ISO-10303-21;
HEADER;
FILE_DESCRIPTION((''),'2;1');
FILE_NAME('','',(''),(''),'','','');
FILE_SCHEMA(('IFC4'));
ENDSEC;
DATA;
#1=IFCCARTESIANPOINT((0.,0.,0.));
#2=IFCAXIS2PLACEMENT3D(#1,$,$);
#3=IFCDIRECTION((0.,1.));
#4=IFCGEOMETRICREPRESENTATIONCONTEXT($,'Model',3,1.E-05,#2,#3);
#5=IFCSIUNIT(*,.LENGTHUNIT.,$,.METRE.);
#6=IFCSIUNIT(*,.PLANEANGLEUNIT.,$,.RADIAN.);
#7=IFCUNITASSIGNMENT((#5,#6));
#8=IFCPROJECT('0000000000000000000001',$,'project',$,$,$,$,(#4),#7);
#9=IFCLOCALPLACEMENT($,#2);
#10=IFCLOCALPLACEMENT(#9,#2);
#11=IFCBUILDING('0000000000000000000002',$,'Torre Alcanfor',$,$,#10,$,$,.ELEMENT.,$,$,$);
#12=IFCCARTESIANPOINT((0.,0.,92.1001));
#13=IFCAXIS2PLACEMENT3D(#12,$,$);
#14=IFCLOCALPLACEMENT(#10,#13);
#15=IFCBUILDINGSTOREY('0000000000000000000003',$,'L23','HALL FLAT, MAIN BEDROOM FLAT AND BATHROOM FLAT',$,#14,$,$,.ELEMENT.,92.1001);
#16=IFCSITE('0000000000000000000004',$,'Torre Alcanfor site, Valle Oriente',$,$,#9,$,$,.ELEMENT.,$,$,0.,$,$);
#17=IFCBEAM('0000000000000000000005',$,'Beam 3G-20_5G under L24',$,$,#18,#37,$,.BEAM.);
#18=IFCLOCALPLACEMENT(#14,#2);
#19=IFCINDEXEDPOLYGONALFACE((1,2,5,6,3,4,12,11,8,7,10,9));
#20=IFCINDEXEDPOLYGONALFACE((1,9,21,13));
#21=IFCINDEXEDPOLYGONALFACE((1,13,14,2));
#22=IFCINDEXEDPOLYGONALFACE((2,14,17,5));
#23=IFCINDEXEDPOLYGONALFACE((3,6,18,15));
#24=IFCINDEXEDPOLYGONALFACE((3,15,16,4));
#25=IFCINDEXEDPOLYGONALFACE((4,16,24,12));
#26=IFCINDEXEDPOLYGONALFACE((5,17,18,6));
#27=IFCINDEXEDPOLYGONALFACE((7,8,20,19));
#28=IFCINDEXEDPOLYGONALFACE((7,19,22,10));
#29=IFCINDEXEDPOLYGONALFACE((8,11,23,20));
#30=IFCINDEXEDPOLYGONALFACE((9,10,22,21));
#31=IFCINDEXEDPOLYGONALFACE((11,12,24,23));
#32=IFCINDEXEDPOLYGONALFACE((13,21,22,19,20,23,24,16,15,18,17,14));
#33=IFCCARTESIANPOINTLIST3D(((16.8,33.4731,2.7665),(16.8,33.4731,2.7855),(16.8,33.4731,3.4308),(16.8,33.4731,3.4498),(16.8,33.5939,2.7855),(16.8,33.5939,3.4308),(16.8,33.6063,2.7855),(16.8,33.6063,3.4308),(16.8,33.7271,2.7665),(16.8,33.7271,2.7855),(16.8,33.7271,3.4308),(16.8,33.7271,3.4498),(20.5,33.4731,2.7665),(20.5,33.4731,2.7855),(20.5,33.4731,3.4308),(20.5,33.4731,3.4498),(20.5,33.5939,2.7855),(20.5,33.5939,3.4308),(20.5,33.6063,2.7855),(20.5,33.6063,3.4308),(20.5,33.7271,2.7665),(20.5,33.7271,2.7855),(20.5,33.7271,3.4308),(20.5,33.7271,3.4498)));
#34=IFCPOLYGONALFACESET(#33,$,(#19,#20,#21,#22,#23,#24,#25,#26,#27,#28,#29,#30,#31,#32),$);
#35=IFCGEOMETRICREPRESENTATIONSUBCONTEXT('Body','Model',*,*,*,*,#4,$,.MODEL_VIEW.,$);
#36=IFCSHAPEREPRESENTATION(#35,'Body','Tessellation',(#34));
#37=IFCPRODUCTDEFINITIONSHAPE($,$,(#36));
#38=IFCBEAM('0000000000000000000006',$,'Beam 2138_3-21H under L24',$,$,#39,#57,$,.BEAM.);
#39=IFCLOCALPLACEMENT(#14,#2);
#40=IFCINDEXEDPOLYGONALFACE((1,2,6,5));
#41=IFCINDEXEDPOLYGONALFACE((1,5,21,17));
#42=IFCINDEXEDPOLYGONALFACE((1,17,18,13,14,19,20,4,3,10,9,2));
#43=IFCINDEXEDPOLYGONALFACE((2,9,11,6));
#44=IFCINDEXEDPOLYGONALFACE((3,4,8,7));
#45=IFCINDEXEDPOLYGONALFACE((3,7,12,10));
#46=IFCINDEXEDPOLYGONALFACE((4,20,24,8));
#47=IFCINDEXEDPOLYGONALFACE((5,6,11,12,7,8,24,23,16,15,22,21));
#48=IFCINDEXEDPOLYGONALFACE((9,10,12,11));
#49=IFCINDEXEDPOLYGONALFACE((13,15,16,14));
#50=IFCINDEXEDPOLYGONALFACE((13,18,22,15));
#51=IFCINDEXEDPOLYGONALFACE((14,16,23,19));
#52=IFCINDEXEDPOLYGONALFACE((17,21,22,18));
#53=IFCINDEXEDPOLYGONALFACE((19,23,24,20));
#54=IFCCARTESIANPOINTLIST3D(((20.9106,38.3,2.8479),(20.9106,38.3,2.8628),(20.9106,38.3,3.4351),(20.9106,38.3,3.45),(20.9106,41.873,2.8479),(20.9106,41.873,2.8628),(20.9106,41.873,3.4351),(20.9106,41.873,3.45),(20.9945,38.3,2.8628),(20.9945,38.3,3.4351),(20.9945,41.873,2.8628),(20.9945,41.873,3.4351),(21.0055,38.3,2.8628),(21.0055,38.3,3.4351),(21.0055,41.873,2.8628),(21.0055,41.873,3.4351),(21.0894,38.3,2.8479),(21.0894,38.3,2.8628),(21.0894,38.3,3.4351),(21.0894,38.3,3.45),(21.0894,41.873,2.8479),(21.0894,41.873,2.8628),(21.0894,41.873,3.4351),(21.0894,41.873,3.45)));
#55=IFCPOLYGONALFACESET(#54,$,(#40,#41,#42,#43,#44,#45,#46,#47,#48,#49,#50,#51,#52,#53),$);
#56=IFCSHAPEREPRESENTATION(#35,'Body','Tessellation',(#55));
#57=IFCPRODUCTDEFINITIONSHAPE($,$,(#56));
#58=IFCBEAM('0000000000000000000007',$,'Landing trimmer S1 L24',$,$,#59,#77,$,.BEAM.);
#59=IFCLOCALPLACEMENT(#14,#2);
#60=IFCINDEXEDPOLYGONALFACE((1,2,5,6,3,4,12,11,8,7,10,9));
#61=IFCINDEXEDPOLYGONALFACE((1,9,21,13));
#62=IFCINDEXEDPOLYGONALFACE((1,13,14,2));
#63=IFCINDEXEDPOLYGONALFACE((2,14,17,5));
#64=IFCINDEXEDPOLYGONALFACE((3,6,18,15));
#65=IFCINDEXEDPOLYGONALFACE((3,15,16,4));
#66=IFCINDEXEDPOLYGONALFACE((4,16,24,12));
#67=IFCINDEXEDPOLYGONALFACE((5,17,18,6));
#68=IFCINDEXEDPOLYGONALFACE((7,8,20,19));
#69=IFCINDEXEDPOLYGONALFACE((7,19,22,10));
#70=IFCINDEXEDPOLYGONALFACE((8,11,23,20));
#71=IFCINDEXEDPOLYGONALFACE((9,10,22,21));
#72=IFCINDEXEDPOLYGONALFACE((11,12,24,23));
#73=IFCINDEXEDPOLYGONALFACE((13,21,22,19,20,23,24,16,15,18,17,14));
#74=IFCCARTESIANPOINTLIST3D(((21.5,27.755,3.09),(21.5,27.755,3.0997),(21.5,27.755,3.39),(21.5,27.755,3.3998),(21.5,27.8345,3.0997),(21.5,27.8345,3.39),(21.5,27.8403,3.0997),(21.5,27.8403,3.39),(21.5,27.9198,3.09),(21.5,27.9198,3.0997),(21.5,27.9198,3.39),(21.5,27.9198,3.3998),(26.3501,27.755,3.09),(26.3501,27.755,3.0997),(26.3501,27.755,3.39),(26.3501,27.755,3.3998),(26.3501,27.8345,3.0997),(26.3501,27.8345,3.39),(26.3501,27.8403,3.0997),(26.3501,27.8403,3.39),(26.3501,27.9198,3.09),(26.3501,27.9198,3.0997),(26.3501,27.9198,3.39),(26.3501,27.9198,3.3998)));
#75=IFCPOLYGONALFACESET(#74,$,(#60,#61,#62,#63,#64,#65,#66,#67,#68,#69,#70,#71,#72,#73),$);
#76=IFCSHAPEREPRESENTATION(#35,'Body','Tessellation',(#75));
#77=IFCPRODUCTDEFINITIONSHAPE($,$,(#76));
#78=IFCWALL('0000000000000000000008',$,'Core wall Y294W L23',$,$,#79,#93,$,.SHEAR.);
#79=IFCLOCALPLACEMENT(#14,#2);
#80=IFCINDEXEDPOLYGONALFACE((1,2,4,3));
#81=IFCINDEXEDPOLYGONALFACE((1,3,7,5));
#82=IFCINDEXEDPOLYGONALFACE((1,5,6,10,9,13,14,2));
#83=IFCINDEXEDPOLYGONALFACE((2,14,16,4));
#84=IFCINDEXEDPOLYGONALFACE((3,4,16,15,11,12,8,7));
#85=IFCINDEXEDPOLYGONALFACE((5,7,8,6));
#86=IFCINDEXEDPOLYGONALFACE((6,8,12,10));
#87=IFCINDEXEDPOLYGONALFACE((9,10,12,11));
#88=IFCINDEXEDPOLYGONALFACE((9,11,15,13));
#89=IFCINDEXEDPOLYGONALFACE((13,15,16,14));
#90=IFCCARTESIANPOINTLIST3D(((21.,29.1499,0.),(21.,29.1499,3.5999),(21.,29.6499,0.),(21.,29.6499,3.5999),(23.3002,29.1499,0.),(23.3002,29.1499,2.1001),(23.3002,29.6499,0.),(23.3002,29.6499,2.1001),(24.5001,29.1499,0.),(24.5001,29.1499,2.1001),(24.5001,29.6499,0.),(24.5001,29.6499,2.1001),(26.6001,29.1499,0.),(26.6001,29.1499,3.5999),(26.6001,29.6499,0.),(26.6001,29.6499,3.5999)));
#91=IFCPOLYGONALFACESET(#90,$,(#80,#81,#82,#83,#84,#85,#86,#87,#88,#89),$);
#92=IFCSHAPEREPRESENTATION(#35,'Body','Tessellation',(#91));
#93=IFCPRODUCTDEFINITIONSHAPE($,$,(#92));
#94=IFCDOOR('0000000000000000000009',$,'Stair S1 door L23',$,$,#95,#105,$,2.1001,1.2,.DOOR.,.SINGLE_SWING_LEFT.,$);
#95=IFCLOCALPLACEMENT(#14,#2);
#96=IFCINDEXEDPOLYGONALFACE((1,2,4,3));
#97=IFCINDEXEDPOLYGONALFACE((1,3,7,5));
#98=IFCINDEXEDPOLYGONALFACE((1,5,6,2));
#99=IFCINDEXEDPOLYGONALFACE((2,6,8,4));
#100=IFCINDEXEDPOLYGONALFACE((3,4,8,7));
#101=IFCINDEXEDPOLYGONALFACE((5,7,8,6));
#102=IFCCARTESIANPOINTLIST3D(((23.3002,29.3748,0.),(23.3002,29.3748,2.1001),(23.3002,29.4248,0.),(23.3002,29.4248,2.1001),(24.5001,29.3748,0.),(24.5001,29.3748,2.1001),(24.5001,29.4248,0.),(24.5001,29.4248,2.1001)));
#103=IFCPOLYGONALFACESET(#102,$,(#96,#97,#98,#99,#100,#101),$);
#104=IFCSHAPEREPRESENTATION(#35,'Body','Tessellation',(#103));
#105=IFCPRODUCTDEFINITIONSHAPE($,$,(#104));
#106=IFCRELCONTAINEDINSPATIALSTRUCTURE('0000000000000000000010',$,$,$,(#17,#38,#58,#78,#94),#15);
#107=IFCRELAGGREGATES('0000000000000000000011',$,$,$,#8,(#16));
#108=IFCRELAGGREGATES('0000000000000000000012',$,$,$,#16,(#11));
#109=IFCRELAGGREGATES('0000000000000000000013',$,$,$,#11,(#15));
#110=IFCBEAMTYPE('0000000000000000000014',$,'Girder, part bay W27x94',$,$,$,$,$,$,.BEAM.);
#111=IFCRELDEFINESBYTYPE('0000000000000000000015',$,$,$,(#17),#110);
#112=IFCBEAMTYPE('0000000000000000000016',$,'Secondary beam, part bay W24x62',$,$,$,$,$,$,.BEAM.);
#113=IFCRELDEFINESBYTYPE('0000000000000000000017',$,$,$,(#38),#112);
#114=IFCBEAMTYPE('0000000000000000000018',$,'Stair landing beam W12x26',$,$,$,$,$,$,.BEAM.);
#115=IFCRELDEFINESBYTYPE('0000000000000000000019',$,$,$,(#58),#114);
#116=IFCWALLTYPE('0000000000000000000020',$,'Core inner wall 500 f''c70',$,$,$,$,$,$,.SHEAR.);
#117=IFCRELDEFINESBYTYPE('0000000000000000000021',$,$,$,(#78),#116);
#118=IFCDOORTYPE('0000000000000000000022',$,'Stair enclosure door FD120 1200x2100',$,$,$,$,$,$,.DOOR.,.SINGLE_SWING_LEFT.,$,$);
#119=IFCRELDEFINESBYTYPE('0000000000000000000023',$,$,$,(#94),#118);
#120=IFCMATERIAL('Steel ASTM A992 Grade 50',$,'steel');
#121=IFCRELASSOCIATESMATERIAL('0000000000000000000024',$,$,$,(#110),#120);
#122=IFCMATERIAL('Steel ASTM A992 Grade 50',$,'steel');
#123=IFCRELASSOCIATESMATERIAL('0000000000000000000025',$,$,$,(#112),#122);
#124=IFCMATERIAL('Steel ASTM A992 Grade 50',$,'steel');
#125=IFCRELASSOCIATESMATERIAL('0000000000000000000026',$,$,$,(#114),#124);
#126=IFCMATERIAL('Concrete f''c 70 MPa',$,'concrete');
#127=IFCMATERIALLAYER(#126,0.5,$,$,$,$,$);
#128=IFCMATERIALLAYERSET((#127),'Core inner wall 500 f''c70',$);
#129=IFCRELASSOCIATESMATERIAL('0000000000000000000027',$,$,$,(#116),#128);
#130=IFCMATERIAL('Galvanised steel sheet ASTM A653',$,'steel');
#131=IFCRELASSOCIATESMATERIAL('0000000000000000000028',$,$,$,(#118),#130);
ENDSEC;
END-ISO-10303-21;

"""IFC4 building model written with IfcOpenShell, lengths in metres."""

from ifc_helpers import new_model, si_unit, direction, frame, frame_2d, origin, origin_2d, place, context, subcontext, project, spatial, rectangle, i_section, extrude, material, layer, layer_set, material_profile, profile_set, type_object, element, fill, save


model = new_model("IFC4")

# Units and contexts
model_context = context("Model", 3, precision=1e-05, world=origin(), true_north=direction((0.0, 1.0)))
body_context = subcontext(model_context, "Body", "Model", "MODEL_VIEW")
ifc_project = project(units=[si_unit("LENGTHUNIT", "METRE"), si_unit("PLANEANGLEUNIT", "RADIAN")], contexts=[model_context])

# Site, building, storey
site_placement = place(None, origin())
site = spatial("IfcSite", under=ifc_project, at=site_placement, Name="Torre Alcanfor site, Valle Oriente", CompositionType="ELEMENT", RefElevation=0.0)
building_placement = place(site_placement, origin())
building = spatial("IfcBuilding", under=site, at=building_placement, Name="Torre Alcanfor", CompositionType="ELEMENT")
storey_placement = place(building_placement, frame((0.0, 0.0, 92.1001)))
storey = spatial("IfcBuildingStorey", under=building, at=storey_placement, Name="L23", Description="HALL FLAT, MAIN BEDROOM FLAT AND BATHROOM FLAT", CompositionType="ELEMENT", Elevation=92.1001)

# Beams
ifc_material_1 = material(Name="Steel ASTM A992 Grade 50", Category="steel")
ifc_material_profile_1 = material_profile(ifc_material_1, i_section(OverallWidth=0.2539, OverallDepth=0.6833, WebThickness=0.0125, FlangeThickness=0.019, at=origin_2d()), Name="W27x94")
ifc_profile_set_1 = profile_set([ifc_material_profile_1], Name="Steel ASTM A992 Grade 50")
beam_type_1 = type_object("IfcBeamType", Name="Girder, part bay W27x94", PredefinedType="BEAM", material=ifc_profile_set_1)
beam_1_placement = place(storey_placement, frame((16.8, 33.6001, 3.1082), z_axis=(1.0, 0.0, 0.0), x_axis=(0.0, 1.0, 0.0)))
element("IfcBeam", 1, at=beam_1_placement, inside=storey, type_object=beam_type_1, Name="Beam 3G-20_5G under L24", PredefinedType="BEAM", context=body_context, shape_type="SweptSolid", body=[
    extrude(i_section(OverallWidth=0.2539, OverallDepth=0.6833, WebThickness=0.0125, FlangeThickness=0.019, at=origin_2d()), origin(), (0.0, 0.0, 1.0), 3.7),
])
ifc_material_2 = material(Name="Steel ASTM A992 Grade 50", Category="steel")
ifc_material_profile_2 = material_profile(ifc_material_2, i_section(OverallWidth=0.1787, OverallDepth=0.6021, WebThickness=0.011, FlangeThickness=0.0149, at=origin_2d()), Name="W24x62")
ifc_profile_set_2 = profile_set([ifc_material_profile_2], Name="Steel ASTM A992 Grade 50")
beam_type_2 = type_object("IfcBeamType", Name="Secondary beam, part bay W24x62", PredefinedType="BEAM", material=ifc_profile_set_2)
beam_2_placement = place(storey_placement, frame((21.0, 38.3, 3.1489), z_axis=(0.0, 1.0, 0.0), x_axis=(-1.0, 0.0, 0.0)))
element("IfcBeam", 2, at=beam_2_placement, inside=storey, type_object=beam_type_2, Name="Beam 2138_3-21H under L24", PredefinedType="BEAM", context=body_context, shape_type="SweptSolid", body=[
    extrude(i_section(OverallWidth=0.1787, OverallDepth=0.6021, WebThickness=0.011, FlangeThickness=0.0149, at=origin_2d()), origin(), (0.0, 0.0, 1.0), 3.573),
])
ifc_material_3 = material(Name="Steel ASTM A992 Grade 50", Category="steel")
ifc_material_profile_3 = material_profile(ifc_material_3, i_section(OverallWidth=0.1648, OverallDepth=0.3098, WebThickness=0.0059, FlangeThickness=0.0098, at=origin_2d()), Name="W12x26")
ifc_profile_set_3 = profile_set([ifc_material_profile_3], Name="Steel ASTM A992 Grade 50")
beam_type_3 = type_object("IfcBeamType", Name="Stair landing beam W12x26", PredefinedType="BEAM", material=ifc_profile_set_3)
beam_3_placement = place(storey_placement, frame((21.5, 27.8374, 3.2449), z_axis=(1.0, 0.0, 0.0), x_axis=(0.0, 1.0, 0.0)))
element("IfcBeam", 3, at=beam_3_placement, inside=storey, type_object=beam_type_3, Name="Landing trimmer S1 L24", PredefinedType="BEAM", context=body_context, shape_type="SweptSolid", body=[
    extrude(i_section(OverallWidth=0.1648, OverallDepth=0.3098, WebThickness=0.0059, FlangeThickness=0.0098, at=origin_2d()), origin(), (0.0, 0.0, 1.0), 4.8501),
])

# Wall, opening, door
ifc_material_4 = material(Name="Concrete f'c 70 MPa", Category="concrete")
ifc_layer_1 = layer(ifc_material_4, 0.5)
ifc_layer_set_1 = layer_set([ifc_layer_1], Name="Core inner wall 500 f'c70")
wall_type_1 = type_object("IfcWallType", Name="Core inner wall 500 f'c70", PredefinedType="SHEAR", material=ifc_layer_set_1)
wall_1_placement = place(storey_placement, frame((21.0, 29.3999, 0.0), z_axis=(0.0, 0.0, 1.0), x_axis=(1.0, 0.0, 0.0)))
wall_1 = element("IfcWall", 4, at=wall_1_placement, inside=storey, type_object=wall_type_1, Name="Core wall Y294W L23", PredefinedType="SHEAR", context=body_context, shape_type="SweptSolid", body=[
    extrude(rectangle(XDim=5.6001, YDim=0.5, at=frame_2d((2.8, 0.0))), origin(), (0.0, 0.0, 1.0), 3.5999),
])
opening_1_placement = place(wall_1_placement, frame((2.3, 0.0, 0.0)))
opening_1 = element("IfcOpeningElement", 5, at=opening_1_placement, cuts=wall_1, PredefinedType="OPENING", context=body_context, shape_type="SweptSolid", body=[
    extrude(rectangle(XDim=1.2, YDim=2.1001, at=frame_2d((0.6001, 1.05))), frame((0.0, 0.26, 0.0), z_axis=(0.0, -1.0, 0.0), x_axis=(1.0, 0.0, 0.0)), (0.0, 0.0, 1.0), 0.52),
])
ifc_material_5 = material(Name="Galvanised steel sheet ASTM A653", Category="steel")
door_type_1 = type_object("IfcDoorType", Name="Stair enclosure door FD120 1200x2100", OperationType="SINGLE_SWING_LEFT", PredefinedType="DOOR", material=ifc_material_5)
door_1_placement = place(opening_1_placement, frame((1.2, 0.0, 0.0), z_axis=(0.0, 0.0, 1.0), x_axis=(-1.0, 0.0, 0.0)))
door_1 = element("IfcDoor", 6, at=door_1_placement, inside=storey, type_object=door_type_1, Name="Stair S1 door L23", OperationType="SINGLE_SWING_LEFT", OverallHeight=2.1001, OverallWidth=1.2, PredefinedType="DOOR", context=body_context, shape_type="SweptSolid", body=[
    extrude(rectangle(XDim=1.2, YDim=2.1001, at=frame_2d((0.5999, 1.05))), frame((0.0, 0.0251, 0.0), z_axis=(0.0, -1.0, 0.0), x_axis=(1.0, 0.0, 0.0)), (0.0, 0.0, 1.0), 0.05),
])
fill(opening_1, door_1)

save(model, "model.ifc")
